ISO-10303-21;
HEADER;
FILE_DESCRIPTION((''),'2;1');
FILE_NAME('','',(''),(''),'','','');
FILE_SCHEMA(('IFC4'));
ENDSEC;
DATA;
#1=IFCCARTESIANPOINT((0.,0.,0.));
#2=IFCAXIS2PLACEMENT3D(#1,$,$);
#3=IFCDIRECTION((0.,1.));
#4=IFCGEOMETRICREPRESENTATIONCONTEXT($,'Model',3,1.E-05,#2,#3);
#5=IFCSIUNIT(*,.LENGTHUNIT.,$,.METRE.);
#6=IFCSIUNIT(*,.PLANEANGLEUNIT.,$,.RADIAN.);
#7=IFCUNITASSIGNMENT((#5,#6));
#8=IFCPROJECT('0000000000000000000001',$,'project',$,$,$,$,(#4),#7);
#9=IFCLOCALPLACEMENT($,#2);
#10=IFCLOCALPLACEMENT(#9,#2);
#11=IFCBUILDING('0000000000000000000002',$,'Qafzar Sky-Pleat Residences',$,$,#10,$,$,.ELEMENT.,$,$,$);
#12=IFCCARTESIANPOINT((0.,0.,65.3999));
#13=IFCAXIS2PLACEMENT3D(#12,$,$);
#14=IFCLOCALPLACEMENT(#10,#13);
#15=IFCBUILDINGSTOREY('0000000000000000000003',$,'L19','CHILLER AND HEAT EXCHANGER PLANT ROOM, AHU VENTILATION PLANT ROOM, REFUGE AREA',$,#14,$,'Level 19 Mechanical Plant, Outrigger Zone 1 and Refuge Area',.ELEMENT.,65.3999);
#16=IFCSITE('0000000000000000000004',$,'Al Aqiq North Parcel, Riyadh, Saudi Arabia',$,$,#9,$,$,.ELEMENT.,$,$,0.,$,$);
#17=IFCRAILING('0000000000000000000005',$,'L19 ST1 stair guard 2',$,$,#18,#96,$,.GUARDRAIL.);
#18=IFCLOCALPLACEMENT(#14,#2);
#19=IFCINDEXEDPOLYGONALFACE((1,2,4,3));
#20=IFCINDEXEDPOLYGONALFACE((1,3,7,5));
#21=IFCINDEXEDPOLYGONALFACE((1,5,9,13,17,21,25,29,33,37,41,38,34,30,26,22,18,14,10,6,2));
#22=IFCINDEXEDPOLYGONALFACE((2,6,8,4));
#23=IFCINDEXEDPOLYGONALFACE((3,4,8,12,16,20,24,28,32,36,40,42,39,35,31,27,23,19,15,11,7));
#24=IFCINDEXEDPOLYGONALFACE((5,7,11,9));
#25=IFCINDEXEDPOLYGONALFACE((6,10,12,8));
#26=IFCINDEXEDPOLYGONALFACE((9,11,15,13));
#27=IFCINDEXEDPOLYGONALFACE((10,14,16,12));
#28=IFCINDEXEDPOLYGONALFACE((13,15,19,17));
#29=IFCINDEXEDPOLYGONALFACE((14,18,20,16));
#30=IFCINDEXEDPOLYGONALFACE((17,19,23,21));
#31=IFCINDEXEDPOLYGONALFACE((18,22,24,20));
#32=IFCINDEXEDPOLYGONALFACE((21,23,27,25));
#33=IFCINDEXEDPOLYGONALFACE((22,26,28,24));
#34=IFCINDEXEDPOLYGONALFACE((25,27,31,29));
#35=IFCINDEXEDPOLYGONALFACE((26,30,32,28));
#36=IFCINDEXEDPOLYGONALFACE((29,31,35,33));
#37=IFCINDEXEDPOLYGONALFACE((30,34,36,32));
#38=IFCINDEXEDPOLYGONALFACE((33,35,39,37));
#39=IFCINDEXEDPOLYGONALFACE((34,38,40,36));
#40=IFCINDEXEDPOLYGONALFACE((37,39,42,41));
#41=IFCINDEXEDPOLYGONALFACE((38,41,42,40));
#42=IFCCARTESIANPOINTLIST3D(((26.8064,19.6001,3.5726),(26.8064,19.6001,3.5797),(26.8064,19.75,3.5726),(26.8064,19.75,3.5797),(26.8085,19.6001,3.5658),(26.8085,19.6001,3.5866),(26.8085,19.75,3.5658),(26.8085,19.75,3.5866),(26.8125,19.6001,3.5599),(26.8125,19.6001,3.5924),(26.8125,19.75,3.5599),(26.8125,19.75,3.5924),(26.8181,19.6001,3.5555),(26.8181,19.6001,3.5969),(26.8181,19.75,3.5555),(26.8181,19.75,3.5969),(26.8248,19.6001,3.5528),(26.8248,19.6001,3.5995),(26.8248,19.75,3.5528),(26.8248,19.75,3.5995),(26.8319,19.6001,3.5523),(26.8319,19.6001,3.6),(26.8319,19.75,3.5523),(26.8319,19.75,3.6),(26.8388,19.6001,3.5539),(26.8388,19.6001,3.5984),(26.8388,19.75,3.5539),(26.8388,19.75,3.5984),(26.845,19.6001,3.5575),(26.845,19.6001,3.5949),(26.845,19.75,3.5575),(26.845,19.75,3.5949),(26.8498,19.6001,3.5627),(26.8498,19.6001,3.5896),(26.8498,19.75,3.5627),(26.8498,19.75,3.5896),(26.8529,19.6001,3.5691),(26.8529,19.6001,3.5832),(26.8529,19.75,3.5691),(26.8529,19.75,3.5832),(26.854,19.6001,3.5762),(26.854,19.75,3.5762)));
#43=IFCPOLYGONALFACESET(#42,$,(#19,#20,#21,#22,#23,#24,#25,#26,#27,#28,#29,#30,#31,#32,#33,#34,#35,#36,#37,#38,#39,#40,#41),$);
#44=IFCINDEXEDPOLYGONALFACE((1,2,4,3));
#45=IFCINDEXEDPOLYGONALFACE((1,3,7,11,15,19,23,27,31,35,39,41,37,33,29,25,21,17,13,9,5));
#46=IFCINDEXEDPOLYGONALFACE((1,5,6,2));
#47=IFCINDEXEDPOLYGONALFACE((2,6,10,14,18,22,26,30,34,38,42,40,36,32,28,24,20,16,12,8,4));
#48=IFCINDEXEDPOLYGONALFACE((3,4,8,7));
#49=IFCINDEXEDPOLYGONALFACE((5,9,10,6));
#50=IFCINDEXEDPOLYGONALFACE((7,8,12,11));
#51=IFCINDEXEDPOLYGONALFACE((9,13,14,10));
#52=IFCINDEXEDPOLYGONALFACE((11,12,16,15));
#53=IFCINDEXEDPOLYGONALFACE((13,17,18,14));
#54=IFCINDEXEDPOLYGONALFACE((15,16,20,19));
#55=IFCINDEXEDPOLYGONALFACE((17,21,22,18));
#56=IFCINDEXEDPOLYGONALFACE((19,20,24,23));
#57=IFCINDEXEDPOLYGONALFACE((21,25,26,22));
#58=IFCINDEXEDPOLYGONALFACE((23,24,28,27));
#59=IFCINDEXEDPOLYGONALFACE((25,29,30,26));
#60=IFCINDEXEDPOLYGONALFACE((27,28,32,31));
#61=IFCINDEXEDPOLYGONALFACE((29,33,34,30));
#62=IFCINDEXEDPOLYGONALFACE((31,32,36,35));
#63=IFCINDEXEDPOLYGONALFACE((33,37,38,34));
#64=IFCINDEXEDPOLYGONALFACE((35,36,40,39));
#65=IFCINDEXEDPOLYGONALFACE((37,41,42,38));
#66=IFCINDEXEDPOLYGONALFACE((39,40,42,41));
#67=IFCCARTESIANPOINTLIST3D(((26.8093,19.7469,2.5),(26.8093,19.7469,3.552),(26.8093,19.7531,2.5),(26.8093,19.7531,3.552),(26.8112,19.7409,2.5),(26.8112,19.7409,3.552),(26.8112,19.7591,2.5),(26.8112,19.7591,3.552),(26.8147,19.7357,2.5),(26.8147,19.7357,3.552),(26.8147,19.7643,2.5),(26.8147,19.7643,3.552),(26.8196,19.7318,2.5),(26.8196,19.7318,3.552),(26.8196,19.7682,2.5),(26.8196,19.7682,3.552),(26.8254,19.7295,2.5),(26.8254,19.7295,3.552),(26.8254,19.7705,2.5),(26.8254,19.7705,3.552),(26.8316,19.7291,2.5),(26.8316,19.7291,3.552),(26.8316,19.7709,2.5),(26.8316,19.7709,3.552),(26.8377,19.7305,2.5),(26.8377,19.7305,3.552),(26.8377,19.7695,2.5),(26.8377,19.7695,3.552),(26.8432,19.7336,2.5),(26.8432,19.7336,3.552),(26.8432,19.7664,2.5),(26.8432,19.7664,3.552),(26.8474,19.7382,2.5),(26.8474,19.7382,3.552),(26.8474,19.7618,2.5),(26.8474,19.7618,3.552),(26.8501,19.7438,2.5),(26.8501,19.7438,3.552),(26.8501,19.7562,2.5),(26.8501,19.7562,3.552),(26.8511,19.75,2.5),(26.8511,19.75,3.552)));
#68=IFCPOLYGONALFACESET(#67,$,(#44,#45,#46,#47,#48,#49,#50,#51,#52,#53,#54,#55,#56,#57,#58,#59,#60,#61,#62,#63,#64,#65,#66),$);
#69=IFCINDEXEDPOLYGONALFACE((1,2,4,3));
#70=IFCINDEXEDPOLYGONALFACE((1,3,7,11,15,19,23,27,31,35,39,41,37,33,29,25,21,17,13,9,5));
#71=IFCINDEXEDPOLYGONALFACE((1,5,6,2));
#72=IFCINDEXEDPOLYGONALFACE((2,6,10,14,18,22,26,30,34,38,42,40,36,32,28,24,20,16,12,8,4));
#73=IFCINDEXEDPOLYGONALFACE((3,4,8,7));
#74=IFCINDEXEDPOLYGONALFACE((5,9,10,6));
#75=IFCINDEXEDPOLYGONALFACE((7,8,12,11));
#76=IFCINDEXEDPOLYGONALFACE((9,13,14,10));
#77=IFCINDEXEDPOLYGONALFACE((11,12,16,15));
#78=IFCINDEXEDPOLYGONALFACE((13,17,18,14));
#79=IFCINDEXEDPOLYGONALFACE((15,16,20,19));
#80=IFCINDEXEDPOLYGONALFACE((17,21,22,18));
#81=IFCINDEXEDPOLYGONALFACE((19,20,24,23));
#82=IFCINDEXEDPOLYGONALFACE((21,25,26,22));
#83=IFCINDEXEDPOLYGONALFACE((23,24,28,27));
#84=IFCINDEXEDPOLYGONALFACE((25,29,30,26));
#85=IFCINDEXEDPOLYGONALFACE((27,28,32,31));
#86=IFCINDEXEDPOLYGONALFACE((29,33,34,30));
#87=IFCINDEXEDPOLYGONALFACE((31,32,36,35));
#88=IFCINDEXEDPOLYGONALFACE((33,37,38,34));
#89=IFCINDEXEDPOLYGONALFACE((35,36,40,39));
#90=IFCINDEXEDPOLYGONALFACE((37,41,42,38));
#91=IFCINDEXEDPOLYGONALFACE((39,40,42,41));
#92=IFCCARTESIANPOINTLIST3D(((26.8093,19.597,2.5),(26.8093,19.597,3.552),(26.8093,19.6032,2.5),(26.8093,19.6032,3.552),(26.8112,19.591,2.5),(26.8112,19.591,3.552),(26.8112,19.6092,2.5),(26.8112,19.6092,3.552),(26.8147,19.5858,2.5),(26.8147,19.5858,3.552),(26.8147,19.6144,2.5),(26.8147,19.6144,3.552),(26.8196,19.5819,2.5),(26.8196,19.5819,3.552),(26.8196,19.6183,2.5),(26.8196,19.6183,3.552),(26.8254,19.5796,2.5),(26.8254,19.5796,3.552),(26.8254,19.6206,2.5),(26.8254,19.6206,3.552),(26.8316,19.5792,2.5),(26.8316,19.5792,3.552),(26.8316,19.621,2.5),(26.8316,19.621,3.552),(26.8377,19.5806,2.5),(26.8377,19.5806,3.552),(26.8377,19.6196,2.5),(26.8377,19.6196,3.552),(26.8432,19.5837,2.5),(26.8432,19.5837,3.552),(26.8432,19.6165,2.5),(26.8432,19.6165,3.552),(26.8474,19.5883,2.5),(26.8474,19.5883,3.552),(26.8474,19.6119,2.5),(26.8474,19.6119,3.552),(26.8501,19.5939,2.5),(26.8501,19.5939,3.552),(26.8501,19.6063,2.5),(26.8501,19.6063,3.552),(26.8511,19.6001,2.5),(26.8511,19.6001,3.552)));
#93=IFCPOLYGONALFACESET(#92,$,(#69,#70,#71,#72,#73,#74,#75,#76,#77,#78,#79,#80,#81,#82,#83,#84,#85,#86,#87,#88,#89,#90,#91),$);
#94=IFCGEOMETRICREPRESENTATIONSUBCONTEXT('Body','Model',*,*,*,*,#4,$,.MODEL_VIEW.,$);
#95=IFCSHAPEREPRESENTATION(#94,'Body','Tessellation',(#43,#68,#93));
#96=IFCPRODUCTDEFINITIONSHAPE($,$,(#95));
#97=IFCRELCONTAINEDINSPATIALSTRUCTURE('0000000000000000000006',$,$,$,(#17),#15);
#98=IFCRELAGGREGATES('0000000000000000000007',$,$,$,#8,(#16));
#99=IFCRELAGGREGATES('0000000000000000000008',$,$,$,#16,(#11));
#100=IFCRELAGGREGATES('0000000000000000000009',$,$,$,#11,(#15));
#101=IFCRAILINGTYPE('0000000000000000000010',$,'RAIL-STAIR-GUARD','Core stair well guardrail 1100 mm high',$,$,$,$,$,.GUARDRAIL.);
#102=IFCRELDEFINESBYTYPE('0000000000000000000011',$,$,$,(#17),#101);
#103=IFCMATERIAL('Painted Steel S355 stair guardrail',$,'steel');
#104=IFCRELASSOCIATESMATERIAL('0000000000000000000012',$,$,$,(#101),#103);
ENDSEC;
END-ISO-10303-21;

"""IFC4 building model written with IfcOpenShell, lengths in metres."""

from ifc_helpers import new_model, si_unit, direction, frame, origin, origin_2d, place, context, subcontext, project, spatial, circle, extrude, source, transform, mapped, material, type_object, element, save


model = new_model("IFC4")

# Units and contexts
model_context = context("Model", 3, precision=1e-05, world=origin(), true_north=direction((0.0, 1.0)))
body_context = subcontext(model_context, "Body", "Model", "MODEL_VIEW")
ifc_project = project(units=[si_unit("LENGTHUNIT", "METRE"), si_unit("PLANEANGLEUNIT", "RADIAN")], contexts=[model_context])

# Site, building, storey
site_placement = place(None, origin())
site = spatial("IfcSite", under=ifc_project, at=site_placement, Name="Al Aqiq North Parcel, Riyadh, Saudi Arabia", CompositionType="ELEMENT", RefElevation=0.0)
building_placement = place(site_placement, origin())
building = spatial("IfcBuilding", under=site, at=building_placement, Name="Qafzar Sky-Pleat Residences", CompositionType="ELEMENT")
storey_placement = place(building_placement, frame((0.0, 0.0, 65.3999)))
storey = spatial("IfcBuildingStorey", under=building, at=storey_placement, Name="L19", Description="CHILLER AND HEAT EXCHANGER PLANT ROOM, AHU VENTILATION PLANT ROOM, REFUGE AREA", LongName="Level 19 Mechanical Plant, Outrigger Zone 1 and Refuge Area", CompositionType="ELEMENT", Elevation=65.3999)

# Railing
ifc_material_1 = material(Name="Painted Steel S355 stair guardrail", Category="steel")
railing_type_1 = type_object("IfcRailingType", Name="RAIL-STAIR-GUARD", Description="Core stair well guardrail 1100 mm high", PredefinedType="GUARDRAIL", material=ifc_material_1)
shared_shape_1 = source(origin(), body_context, "Body", "SweptSolid", [
    extrude(circle(Radius=0.0239, at=origin_2d()), frame((0.0, 0.0, 1.0762), z_axis=(0.0, -1.0, 0.0), x_axis=(1.0, 0.0, 0.0)), (0.0, 0.0, 1.0), 0.1499),
    extrude(circle(Radius=0.021, at=origin_2d()), origin(), (0.0, 0.0, 1.0), 1.052),
    extrude(circle(Radius=0.021, at=origin_2d()), frame((0.0, -0.1499, 0.0)), (0.0, 0.0, 1.0), 1.052),
])
railing_1_placement = place(storey_placement, frame((26.8301, 19.75, 2.5)))
element("IfcRailing", 1, at=railing_1_placement, inside=storey, type_object=railing_type_1, Name="L19 ST1 stair guard 2", PredefinedType="GUARDRAIL", context=body_context, shape_type="MappedRepresentation", body=[
    mapped(shared_shape_1, transform((0.0, 0.0, 0.0), x_axis=(1.0, 0.0, 0.0), y_axis=(0.0, 1.0, 0.0), z_axis=(0.0, 0.0, 1.0), scale=1.0)),
])

save(model, "model.ifc")
